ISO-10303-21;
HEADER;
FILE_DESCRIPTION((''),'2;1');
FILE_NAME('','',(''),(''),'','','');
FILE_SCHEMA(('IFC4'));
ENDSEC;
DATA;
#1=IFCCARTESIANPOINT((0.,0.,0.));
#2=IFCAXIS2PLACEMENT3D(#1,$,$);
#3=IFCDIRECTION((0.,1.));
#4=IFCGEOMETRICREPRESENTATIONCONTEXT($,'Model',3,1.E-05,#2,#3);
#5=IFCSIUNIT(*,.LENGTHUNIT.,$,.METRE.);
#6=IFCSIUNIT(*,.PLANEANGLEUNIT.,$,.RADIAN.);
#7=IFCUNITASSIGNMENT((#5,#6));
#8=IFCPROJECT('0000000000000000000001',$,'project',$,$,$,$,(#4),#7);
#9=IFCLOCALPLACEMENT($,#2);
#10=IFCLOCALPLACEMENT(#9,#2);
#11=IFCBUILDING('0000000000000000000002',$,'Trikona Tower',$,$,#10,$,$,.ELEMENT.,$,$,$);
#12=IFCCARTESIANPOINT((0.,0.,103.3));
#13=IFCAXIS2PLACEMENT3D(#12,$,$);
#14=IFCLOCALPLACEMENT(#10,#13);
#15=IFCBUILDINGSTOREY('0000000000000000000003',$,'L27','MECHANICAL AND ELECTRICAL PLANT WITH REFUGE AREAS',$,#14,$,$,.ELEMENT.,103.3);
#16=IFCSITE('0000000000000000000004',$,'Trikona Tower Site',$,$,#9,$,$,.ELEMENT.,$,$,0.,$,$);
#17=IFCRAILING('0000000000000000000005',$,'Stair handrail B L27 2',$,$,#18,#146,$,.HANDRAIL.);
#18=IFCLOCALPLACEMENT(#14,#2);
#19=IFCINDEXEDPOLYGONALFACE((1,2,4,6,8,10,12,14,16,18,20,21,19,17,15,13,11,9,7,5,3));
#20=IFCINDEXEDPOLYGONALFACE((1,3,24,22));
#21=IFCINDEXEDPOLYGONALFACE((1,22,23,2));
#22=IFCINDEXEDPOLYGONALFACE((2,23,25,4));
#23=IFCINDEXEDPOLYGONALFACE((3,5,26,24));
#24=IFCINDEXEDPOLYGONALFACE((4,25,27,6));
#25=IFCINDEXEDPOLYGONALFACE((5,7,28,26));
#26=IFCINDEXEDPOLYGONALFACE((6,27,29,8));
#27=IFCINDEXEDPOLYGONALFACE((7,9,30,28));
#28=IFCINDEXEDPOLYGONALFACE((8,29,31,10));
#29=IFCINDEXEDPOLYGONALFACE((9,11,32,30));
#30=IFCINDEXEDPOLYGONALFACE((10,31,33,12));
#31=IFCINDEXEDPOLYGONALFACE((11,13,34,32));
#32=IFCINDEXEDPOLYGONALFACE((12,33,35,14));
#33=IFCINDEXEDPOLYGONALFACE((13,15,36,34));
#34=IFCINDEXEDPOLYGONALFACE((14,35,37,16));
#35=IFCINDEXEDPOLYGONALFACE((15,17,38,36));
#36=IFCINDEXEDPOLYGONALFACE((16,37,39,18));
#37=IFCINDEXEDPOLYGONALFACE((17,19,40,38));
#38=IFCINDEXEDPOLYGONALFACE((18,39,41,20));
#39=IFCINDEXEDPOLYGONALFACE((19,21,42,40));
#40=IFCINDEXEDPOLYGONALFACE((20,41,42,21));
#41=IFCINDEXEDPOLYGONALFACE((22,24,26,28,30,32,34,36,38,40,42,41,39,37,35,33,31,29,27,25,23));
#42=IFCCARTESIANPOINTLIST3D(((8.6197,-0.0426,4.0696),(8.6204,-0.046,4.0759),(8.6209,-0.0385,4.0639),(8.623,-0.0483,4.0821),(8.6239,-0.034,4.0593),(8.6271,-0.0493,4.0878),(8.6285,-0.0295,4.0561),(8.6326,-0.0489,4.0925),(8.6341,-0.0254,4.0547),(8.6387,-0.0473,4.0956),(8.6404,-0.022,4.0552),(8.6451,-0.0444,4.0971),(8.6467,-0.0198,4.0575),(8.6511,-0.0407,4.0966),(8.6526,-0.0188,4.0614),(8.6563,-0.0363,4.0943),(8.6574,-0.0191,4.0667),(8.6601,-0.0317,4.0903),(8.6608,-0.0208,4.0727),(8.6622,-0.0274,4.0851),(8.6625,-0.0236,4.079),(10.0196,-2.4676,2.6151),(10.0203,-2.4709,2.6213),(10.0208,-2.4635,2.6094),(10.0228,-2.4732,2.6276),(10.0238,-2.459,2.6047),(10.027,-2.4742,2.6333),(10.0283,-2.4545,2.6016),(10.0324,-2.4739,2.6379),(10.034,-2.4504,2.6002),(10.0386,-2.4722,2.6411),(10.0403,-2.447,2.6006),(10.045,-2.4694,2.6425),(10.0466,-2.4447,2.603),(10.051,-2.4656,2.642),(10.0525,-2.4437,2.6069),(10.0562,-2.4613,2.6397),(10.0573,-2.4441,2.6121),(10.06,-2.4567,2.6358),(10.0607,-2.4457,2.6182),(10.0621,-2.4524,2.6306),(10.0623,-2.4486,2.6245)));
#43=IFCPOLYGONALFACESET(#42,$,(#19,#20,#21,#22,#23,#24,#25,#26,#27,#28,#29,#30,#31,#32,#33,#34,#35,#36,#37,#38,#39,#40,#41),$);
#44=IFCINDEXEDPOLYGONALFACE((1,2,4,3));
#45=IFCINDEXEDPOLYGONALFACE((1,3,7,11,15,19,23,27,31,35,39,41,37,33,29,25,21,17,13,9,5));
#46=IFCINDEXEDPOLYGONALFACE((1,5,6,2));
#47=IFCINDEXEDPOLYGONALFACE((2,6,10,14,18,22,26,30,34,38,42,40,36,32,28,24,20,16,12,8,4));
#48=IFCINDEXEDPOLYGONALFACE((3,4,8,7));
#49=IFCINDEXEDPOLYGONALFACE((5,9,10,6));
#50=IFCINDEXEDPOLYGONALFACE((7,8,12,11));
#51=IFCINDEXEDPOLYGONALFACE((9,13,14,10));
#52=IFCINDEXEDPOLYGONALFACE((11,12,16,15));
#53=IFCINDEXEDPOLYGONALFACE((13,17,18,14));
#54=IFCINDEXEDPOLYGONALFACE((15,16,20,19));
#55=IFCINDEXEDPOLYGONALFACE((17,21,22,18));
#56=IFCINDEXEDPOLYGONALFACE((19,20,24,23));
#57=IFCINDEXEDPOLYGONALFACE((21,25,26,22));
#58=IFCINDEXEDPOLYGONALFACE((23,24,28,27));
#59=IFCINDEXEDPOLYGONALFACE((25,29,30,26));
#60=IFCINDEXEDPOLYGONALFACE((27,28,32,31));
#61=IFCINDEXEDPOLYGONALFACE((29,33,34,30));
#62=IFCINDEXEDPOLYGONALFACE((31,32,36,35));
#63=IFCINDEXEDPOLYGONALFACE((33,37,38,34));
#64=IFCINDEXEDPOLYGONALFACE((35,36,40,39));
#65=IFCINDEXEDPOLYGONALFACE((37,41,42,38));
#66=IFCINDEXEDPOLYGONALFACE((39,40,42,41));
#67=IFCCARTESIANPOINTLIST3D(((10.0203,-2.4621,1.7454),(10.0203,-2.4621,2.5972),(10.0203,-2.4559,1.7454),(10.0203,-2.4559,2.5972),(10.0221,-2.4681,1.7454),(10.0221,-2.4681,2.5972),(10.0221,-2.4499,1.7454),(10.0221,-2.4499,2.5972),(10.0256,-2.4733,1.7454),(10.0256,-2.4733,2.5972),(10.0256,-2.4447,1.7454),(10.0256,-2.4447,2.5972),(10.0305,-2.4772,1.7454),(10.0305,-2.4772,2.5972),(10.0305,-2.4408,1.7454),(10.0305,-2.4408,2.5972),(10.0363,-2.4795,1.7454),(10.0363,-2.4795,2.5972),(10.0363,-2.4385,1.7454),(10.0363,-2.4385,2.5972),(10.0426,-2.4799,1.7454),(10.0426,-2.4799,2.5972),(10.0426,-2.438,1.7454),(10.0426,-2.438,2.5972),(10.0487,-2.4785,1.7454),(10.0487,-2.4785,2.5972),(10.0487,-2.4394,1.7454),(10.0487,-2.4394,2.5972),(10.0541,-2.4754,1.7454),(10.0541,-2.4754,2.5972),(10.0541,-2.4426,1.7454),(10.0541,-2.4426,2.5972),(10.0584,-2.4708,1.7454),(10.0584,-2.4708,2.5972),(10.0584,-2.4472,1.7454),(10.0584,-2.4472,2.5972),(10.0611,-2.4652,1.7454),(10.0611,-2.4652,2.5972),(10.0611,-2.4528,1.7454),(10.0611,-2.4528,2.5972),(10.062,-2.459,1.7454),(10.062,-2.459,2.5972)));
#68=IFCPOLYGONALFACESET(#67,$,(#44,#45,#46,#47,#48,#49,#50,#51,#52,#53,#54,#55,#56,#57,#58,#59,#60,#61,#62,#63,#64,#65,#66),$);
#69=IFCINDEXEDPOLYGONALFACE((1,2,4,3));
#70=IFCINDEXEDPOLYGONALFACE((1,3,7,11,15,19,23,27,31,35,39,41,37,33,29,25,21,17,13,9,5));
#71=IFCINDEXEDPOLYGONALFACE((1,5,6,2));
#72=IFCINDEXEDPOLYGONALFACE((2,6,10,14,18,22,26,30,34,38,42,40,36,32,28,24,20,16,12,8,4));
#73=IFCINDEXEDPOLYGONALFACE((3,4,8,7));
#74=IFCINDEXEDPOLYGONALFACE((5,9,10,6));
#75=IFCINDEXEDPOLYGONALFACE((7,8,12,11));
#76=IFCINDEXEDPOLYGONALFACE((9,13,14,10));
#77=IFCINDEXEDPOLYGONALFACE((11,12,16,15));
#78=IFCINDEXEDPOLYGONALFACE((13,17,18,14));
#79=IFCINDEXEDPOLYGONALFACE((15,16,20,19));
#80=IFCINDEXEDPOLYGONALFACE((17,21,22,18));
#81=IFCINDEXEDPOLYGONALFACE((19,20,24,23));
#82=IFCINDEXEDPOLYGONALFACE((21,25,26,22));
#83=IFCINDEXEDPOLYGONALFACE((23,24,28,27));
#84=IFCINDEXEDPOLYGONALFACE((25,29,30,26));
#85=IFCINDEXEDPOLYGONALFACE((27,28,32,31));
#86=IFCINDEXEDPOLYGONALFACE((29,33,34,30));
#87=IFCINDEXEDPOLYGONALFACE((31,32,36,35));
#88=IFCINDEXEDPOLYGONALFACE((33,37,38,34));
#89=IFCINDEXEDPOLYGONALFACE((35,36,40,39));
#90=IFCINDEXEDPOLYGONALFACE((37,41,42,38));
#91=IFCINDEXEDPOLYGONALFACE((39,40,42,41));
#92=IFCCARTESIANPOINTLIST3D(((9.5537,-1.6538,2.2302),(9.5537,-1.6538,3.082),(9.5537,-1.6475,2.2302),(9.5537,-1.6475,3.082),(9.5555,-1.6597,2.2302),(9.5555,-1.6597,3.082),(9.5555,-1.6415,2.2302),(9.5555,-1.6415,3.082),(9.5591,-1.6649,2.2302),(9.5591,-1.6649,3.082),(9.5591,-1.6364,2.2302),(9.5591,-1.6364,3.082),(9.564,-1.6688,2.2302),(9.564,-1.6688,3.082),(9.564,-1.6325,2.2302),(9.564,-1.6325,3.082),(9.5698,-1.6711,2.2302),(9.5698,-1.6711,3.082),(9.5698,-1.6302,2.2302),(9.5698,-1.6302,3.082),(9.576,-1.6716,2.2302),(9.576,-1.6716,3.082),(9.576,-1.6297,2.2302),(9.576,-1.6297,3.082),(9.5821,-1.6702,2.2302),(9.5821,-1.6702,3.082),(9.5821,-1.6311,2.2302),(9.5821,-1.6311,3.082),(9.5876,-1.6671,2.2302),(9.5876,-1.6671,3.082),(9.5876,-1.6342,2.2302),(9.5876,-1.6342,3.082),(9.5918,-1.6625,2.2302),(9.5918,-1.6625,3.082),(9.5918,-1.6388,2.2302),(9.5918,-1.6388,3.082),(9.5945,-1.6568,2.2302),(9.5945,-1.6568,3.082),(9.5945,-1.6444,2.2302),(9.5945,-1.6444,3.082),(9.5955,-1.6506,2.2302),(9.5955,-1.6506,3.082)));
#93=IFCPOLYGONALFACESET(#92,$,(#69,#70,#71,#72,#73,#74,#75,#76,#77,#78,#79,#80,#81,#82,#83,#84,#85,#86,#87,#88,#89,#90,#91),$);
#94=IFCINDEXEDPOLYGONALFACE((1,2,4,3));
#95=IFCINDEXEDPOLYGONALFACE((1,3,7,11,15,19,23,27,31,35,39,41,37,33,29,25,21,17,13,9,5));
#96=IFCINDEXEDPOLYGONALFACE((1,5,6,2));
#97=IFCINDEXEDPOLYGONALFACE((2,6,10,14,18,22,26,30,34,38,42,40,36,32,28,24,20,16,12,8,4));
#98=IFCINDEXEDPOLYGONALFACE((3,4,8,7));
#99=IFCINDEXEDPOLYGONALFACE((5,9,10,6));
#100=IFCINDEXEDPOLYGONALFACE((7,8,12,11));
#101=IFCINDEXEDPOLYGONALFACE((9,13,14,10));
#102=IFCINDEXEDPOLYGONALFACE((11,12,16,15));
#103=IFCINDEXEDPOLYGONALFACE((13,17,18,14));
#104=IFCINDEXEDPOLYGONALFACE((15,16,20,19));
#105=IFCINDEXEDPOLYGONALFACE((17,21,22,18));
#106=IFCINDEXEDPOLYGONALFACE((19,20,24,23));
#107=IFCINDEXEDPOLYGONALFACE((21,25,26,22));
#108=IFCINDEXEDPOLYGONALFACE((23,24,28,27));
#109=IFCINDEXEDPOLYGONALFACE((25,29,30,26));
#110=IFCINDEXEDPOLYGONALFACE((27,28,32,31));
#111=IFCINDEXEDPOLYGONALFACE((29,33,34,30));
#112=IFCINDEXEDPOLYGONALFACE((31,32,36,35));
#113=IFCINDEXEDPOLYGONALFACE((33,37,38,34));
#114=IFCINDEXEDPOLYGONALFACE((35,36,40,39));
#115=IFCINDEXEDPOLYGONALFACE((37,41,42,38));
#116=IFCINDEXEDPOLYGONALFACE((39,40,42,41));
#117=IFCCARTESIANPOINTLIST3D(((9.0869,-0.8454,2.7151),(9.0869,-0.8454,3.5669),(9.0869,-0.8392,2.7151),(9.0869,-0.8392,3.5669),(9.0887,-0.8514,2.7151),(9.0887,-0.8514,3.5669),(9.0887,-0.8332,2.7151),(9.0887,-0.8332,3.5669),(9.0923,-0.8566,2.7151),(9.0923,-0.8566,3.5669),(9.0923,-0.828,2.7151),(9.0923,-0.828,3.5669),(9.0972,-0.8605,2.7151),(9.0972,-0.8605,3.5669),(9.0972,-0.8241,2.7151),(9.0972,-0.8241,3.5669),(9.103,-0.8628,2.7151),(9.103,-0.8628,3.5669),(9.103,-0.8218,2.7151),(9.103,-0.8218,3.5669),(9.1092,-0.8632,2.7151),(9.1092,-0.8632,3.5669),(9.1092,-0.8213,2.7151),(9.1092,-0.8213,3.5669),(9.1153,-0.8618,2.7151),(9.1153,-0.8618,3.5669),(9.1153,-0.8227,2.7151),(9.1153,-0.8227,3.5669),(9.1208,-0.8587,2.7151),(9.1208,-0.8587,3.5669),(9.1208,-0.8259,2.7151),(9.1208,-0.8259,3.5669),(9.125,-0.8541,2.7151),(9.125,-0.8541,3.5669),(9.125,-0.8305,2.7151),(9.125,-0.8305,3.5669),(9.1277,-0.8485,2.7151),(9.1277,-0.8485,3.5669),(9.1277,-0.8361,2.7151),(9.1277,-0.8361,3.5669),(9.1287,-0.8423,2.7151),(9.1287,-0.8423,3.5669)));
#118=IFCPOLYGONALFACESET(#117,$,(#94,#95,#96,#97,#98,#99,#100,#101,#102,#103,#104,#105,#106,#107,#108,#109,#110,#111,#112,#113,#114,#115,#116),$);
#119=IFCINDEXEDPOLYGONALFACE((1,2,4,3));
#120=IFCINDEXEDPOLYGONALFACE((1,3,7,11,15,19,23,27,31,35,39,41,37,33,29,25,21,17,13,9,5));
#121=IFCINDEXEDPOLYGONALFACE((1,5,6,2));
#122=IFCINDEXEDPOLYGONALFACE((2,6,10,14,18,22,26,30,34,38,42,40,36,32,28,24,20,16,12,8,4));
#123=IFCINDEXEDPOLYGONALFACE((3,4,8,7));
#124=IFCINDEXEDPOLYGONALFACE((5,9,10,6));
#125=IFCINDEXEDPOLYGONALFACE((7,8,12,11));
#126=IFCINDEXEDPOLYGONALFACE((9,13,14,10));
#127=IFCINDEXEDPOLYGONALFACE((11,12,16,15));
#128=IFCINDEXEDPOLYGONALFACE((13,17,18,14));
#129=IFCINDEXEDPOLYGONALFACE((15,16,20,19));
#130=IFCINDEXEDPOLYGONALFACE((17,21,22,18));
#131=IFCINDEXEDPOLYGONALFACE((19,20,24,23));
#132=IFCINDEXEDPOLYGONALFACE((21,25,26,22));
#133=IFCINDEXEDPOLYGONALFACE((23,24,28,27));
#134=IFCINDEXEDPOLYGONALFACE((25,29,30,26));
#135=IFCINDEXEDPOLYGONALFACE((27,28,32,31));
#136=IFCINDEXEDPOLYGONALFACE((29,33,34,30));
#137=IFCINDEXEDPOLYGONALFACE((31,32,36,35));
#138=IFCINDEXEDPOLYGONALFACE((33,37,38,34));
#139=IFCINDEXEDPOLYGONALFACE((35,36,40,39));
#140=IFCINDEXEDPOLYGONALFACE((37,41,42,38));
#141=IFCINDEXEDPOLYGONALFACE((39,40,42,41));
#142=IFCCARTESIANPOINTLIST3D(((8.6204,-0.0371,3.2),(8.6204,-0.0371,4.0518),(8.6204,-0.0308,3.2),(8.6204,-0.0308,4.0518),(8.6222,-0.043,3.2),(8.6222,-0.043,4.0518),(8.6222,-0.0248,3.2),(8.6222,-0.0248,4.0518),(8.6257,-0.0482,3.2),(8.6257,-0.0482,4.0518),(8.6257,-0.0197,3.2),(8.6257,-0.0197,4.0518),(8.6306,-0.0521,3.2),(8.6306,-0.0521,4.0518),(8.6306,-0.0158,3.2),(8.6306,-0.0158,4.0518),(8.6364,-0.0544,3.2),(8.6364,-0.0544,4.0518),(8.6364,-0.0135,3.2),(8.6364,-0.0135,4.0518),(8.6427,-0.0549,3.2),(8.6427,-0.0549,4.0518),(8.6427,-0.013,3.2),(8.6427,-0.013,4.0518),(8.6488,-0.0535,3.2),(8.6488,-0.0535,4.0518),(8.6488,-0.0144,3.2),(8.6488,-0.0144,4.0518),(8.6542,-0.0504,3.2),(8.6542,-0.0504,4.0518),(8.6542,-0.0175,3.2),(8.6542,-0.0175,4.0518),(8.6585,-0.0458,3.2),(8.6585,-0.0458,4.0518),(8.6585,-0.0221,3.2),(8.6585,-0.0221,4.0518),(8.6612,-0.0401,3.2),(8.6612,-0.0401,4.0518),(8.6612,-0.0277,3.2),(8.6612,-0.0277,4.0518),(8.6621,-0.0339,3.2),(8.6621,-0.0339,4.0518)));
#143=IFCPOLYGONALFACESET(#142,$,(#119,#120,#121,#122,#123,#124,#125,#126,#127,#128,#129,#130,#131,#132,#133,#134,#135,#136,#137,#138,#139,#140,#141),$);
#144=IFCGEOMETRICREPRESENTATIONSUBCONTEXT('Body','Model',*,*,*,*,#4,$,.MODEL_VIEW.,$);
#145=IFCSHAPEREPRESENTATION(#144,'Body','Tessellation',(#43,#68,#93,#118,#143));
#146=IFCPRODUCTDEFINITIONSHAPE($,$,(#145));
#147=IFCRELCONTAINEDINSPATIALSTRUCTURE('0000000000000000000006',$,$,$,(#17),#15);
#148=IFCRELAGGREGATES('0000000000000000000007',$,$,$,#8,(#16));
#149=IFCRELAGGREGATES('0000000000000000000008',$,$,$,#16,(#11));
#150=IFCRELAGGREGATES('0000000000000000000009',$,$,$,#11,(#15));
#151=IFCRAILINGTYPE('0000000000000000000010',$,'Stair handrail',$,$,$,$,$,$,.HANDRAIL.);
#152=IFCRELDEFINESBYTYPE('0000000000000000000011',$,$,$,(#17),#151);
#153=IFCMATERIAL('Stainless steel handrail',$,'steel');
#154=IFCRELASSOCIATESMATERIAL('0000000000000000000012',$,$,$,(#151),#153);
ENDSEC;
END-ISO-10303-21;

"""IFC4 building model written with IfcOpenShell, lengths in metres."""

from ifc_helpers import new_model, si_unit, direction, frame, origin, origin_2d, place, context, subcontext, project, spatial, circle, extrude, material, type_object, element, save


model = new_model("IFC4")

# Units and contexts
model_context = context("Model", 3, precision=1e-05, world=origin(), true_north=direction((0.0, 1.0)))
body_context = subcontext(model_context, "Body", "Model", "MODEL_VIEW")
ifc_project = project(units=[si_unit("LENGTHUNIT", "METRE"), si_unit("PLANEANGLEUNIT", "RADIAN")], contexts=[model_context])

# Site, building, storey
site_placement = place(None, origin())
site = spatial("IfcSite", under=ifc_project, at=site_placement, Name="Trikona Tower Site", CompositionType="ELEMENT", RefElevation=0.0)
building_placement = place(site_placement, origin())
building = spatial("IfcBuilding", under=site, at=building_placement, Name="Trikona Tower", CompositionType="ELEMENT")
storey_placement = place(building_placement, frame((0.0, 0.0, 103.3)))
storey = spatial("IfcBuildingStorey", under=building, at=storey_placement, Name="L27", Description="MECHANICAL AND ELECTRICAL PLANT WITH REFUGE AREAS", CompositionType="ELEMENT", Elevation=103.3)

# Railing
ifc_material_1 = material(Name="Stainless steel handrail", Category="steel")
railing_type = type_object("IfcRailingType", Name="Stair handrail", PredefinedType="HANDRAIL", material=ifc_material_1)
railing_1_placement = place(storey_placement, frame((10.041, -2.459, 1.7454)))
element("IfcRailing", 1, at=railing_1_placement, inside=storey, type_object=railing_type, Name="Stair handrail B L27 2", PredefinedType="HANDRAIL", context=body_context, shape_type="SweptSolid", body=[
    extrude(circle(Radius=0.0239, at=origin_2d()), frame((0.0, 0.0, 0.876), z_axis=(-0.443656, 0.768544, 0.460987), x_axis=(-0.866056, -0.499946, 0.0)), (0.0, 0.0, 1.0), 3.1553),
    extrude(circle(Radius=0.021, at=origin_2d()), origin(), (0.0, 0.0, 1.0), 0.8518),
    extrude(circle(Radius=0.021, at=origin_2d()), frame((-0.4666, 0.8083, 0.4849)), (0.0, 0.0, 1.0), 0.8518),
    extrude(circle(Radius=0.021, at=origin_2d()), frame((-0.9333, 1.6167, 0.9697)), (0.0, 0.0, 1.0), 0.8518),
    extrude(circle(Radius=0.021, at=origin_2d()), frame((-1.3999, 2.425, 1.4546)), (0.0, 0.0, 1.0), 0.8518),
])

save(model, "model.ifc")
